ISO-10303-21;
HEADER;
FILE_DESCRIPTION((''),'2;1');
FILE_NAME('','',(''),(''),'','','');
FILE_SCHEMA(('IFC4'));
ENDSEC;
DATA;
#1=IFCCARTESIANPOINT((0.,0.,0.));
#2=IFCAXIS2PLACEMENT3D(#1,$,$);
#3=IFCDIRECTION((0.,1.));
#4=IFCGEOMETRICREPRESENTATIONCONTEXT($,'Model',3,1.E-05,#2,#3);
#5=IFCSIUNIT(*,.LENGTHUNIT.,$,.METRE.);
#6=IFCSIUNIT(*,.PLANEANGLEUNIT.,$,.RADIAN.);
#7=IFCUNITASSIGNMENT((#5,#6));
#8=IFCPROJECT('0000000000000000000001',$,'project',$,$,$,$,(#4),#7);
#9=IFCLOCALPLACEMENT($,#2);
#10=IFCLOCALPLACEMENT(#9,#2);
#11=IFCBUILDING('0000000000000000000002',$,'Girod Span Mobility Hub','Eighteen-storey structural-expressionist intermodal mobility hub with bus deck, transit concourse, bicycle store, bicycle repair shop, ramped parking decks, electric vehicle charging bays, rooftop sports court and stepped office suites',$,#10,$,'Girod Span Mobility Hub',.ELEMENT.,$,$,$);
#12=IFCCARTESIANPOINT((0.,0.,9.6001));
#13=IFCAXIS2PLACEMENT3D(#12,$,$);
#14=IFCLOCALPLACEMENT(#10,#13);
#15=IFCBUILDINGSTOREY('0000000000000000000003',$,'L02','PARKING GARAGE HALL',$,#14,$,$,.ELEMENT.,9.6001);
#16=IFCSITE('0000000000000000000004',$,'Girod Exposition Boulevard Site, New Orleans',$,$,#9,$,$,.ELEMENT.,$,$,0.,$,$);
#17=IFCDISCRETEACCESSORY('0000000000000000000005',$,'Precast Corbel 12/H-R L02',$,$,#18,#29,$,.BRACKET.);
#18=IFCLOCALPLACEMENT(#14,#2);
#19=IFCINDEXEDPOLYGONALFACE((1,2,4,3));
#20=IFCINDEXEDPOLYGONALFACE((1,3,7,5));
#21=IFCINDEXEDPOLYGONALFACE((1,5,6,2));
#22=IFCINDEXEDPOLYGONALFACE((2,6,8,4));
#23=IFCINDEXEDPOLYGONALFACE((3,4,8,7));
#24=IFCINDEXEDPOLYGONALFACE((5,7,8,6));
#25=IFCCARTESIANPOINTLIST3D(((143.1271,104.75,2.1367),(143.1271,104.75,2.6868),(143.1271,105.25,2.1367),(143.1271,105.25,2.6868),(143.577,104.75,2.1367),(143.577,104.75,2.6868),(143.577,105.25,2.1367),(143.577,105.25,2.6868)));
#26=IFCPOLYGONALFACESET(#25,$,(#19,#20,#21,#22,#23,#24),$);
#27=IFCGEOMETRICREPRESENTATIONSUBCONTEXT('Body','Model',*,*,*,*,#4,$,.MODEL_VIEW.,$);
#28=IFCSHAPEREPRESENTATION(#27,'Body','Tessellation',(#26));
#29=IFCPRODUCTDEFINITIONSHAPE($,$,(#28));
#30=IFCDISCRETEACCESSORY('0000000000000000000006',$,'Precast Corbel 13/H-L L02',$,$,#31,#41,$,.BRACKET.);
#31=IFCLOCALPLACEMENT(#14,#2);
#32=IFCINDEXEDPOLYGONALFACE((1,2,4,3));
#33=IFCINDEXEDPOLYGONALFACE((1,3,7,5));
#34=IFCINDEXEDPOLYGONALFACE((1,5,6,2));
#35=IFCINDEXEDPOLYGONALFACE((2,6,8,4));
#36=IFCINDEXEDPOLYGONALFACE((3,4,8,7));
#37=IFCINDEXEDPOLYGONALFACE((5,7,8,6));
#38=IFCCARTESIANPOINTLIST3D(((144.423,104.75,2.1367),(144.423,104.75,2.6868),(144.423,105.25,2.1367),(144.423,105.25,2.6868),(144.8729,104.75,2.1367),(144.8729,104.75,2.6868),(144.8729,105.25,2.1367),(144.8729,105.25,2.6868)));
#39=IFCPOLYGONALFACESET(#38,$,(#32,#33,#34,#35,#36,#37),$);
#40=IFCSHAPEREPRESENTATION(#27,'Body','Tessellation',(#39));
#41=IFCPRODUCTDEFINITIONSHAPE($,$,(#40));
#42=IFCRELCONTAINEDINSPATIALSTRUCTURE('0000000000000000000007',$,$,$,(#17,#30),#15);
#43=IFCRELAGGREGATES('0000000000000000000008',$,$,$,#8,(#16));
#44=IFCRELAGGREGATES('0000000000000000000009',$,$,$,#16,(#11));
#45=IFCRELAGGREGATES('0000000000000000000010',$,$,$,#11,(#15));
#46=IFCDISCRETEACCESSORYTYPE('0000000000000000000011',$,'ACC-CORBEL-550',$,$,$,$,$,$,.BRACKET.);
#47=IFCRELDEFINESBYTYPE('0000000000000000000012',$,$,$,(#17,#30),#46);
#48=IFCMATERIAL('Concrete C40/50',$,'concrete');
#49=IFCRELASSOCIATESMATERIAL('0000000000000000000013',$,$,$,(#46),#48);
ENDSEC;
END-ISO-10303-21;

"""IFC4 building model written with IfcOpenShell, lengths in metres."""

from ifc_helpers import new_model, si_unit, direction, frame, origin, origin_2d, place, context, subcontext, project, spatial, rectangle, extrude, material, type_object, element, save


model = new_model("IFC4")

# Units and contexts
model_context = context("Model", 3, precision=1e-05, world=origin(), true_north=direction((0.0, 1.0)))
body_context = subcontext(model_context, "Body", "Model", "MODEL_VIEW")
ifc_project = project(units=[si_unit("LENGTHUNIT", "METRE"), si_unit("PLANEANGLEUNIT", "RADIAN")], contexts=[model_context])

# Site, building, storey
site_placement = place(None, origin())
site = spatial("IfcSite", under=ifc_project, at=site_placement, Name="Girod Exposition Boulevard Site, New Orleans", CompositionType="ELEMENT", RefElevation=0.0)
building_placement = place(site_placement, origin())
building = spatial("IfcBuilding", under=site, at=building_placement, Name="Girod Span Mobility Hub", Description="Eighteen-storey structural-expressionist intermodal mobility hub with bus deck, transit concourse, bicycle store, bicycle repair shop, ramped parking decks, electric vehicle charging bays, rooftop sports court and stepped office suites", LongName="Girod Span Mobility Hub", CompositionType="ELEMENT")
storey_placement = place(building_placement, frame((0.0, 0.0, 9.6001)))
storey = spatial("IfcBuildingStorey", under=building, at=storey_placement, Name="L02", Description="PARKING GARAGE HALL", CompositionType="ELEMENT", Elevation=9.6001)

# Discrete accessories
ifc_material_1 = material(Name="Concrete C40/50", Category="concrete")
discrete_accessory_type = type_object("IfcDiscreteAccessoryType", Name="ACC-CORBEL-550", PredefinedType="BRACKET", material=ifc_material_1)
for number, where, z_axis, x_axis, name in (
    (1, (143.3521, 105.0, 2.1367), (0.0, 0.0, 1.0), (1.0, 0.0, 0.0), "Precast Corbel 12/H-R L02"),
    (2, (144.6479, 105.0, 2.1367), (0.0, 0.0, 1.0), (1.0, 0.0, 0.0), "Precast Corbel 13/H-L L02"),
):
    element("IfcDiscreteAccessory", number, at=place(storey_placement, frame(where, z_axis=z_axis, x_axis=x_axis)), inside=storey, type_object=discrete_accessory_type, Name=name, PredefinedType="BRACKET", context=body_context, shape_type="SweptSolid", body=[
        extrude(rectangle(XDim=0.45, YDim=0.5, at=origin_2d()), origin(), (0.0, 0.0, 1.0), 0.55),
    ])

save(model, "model.ifc")
